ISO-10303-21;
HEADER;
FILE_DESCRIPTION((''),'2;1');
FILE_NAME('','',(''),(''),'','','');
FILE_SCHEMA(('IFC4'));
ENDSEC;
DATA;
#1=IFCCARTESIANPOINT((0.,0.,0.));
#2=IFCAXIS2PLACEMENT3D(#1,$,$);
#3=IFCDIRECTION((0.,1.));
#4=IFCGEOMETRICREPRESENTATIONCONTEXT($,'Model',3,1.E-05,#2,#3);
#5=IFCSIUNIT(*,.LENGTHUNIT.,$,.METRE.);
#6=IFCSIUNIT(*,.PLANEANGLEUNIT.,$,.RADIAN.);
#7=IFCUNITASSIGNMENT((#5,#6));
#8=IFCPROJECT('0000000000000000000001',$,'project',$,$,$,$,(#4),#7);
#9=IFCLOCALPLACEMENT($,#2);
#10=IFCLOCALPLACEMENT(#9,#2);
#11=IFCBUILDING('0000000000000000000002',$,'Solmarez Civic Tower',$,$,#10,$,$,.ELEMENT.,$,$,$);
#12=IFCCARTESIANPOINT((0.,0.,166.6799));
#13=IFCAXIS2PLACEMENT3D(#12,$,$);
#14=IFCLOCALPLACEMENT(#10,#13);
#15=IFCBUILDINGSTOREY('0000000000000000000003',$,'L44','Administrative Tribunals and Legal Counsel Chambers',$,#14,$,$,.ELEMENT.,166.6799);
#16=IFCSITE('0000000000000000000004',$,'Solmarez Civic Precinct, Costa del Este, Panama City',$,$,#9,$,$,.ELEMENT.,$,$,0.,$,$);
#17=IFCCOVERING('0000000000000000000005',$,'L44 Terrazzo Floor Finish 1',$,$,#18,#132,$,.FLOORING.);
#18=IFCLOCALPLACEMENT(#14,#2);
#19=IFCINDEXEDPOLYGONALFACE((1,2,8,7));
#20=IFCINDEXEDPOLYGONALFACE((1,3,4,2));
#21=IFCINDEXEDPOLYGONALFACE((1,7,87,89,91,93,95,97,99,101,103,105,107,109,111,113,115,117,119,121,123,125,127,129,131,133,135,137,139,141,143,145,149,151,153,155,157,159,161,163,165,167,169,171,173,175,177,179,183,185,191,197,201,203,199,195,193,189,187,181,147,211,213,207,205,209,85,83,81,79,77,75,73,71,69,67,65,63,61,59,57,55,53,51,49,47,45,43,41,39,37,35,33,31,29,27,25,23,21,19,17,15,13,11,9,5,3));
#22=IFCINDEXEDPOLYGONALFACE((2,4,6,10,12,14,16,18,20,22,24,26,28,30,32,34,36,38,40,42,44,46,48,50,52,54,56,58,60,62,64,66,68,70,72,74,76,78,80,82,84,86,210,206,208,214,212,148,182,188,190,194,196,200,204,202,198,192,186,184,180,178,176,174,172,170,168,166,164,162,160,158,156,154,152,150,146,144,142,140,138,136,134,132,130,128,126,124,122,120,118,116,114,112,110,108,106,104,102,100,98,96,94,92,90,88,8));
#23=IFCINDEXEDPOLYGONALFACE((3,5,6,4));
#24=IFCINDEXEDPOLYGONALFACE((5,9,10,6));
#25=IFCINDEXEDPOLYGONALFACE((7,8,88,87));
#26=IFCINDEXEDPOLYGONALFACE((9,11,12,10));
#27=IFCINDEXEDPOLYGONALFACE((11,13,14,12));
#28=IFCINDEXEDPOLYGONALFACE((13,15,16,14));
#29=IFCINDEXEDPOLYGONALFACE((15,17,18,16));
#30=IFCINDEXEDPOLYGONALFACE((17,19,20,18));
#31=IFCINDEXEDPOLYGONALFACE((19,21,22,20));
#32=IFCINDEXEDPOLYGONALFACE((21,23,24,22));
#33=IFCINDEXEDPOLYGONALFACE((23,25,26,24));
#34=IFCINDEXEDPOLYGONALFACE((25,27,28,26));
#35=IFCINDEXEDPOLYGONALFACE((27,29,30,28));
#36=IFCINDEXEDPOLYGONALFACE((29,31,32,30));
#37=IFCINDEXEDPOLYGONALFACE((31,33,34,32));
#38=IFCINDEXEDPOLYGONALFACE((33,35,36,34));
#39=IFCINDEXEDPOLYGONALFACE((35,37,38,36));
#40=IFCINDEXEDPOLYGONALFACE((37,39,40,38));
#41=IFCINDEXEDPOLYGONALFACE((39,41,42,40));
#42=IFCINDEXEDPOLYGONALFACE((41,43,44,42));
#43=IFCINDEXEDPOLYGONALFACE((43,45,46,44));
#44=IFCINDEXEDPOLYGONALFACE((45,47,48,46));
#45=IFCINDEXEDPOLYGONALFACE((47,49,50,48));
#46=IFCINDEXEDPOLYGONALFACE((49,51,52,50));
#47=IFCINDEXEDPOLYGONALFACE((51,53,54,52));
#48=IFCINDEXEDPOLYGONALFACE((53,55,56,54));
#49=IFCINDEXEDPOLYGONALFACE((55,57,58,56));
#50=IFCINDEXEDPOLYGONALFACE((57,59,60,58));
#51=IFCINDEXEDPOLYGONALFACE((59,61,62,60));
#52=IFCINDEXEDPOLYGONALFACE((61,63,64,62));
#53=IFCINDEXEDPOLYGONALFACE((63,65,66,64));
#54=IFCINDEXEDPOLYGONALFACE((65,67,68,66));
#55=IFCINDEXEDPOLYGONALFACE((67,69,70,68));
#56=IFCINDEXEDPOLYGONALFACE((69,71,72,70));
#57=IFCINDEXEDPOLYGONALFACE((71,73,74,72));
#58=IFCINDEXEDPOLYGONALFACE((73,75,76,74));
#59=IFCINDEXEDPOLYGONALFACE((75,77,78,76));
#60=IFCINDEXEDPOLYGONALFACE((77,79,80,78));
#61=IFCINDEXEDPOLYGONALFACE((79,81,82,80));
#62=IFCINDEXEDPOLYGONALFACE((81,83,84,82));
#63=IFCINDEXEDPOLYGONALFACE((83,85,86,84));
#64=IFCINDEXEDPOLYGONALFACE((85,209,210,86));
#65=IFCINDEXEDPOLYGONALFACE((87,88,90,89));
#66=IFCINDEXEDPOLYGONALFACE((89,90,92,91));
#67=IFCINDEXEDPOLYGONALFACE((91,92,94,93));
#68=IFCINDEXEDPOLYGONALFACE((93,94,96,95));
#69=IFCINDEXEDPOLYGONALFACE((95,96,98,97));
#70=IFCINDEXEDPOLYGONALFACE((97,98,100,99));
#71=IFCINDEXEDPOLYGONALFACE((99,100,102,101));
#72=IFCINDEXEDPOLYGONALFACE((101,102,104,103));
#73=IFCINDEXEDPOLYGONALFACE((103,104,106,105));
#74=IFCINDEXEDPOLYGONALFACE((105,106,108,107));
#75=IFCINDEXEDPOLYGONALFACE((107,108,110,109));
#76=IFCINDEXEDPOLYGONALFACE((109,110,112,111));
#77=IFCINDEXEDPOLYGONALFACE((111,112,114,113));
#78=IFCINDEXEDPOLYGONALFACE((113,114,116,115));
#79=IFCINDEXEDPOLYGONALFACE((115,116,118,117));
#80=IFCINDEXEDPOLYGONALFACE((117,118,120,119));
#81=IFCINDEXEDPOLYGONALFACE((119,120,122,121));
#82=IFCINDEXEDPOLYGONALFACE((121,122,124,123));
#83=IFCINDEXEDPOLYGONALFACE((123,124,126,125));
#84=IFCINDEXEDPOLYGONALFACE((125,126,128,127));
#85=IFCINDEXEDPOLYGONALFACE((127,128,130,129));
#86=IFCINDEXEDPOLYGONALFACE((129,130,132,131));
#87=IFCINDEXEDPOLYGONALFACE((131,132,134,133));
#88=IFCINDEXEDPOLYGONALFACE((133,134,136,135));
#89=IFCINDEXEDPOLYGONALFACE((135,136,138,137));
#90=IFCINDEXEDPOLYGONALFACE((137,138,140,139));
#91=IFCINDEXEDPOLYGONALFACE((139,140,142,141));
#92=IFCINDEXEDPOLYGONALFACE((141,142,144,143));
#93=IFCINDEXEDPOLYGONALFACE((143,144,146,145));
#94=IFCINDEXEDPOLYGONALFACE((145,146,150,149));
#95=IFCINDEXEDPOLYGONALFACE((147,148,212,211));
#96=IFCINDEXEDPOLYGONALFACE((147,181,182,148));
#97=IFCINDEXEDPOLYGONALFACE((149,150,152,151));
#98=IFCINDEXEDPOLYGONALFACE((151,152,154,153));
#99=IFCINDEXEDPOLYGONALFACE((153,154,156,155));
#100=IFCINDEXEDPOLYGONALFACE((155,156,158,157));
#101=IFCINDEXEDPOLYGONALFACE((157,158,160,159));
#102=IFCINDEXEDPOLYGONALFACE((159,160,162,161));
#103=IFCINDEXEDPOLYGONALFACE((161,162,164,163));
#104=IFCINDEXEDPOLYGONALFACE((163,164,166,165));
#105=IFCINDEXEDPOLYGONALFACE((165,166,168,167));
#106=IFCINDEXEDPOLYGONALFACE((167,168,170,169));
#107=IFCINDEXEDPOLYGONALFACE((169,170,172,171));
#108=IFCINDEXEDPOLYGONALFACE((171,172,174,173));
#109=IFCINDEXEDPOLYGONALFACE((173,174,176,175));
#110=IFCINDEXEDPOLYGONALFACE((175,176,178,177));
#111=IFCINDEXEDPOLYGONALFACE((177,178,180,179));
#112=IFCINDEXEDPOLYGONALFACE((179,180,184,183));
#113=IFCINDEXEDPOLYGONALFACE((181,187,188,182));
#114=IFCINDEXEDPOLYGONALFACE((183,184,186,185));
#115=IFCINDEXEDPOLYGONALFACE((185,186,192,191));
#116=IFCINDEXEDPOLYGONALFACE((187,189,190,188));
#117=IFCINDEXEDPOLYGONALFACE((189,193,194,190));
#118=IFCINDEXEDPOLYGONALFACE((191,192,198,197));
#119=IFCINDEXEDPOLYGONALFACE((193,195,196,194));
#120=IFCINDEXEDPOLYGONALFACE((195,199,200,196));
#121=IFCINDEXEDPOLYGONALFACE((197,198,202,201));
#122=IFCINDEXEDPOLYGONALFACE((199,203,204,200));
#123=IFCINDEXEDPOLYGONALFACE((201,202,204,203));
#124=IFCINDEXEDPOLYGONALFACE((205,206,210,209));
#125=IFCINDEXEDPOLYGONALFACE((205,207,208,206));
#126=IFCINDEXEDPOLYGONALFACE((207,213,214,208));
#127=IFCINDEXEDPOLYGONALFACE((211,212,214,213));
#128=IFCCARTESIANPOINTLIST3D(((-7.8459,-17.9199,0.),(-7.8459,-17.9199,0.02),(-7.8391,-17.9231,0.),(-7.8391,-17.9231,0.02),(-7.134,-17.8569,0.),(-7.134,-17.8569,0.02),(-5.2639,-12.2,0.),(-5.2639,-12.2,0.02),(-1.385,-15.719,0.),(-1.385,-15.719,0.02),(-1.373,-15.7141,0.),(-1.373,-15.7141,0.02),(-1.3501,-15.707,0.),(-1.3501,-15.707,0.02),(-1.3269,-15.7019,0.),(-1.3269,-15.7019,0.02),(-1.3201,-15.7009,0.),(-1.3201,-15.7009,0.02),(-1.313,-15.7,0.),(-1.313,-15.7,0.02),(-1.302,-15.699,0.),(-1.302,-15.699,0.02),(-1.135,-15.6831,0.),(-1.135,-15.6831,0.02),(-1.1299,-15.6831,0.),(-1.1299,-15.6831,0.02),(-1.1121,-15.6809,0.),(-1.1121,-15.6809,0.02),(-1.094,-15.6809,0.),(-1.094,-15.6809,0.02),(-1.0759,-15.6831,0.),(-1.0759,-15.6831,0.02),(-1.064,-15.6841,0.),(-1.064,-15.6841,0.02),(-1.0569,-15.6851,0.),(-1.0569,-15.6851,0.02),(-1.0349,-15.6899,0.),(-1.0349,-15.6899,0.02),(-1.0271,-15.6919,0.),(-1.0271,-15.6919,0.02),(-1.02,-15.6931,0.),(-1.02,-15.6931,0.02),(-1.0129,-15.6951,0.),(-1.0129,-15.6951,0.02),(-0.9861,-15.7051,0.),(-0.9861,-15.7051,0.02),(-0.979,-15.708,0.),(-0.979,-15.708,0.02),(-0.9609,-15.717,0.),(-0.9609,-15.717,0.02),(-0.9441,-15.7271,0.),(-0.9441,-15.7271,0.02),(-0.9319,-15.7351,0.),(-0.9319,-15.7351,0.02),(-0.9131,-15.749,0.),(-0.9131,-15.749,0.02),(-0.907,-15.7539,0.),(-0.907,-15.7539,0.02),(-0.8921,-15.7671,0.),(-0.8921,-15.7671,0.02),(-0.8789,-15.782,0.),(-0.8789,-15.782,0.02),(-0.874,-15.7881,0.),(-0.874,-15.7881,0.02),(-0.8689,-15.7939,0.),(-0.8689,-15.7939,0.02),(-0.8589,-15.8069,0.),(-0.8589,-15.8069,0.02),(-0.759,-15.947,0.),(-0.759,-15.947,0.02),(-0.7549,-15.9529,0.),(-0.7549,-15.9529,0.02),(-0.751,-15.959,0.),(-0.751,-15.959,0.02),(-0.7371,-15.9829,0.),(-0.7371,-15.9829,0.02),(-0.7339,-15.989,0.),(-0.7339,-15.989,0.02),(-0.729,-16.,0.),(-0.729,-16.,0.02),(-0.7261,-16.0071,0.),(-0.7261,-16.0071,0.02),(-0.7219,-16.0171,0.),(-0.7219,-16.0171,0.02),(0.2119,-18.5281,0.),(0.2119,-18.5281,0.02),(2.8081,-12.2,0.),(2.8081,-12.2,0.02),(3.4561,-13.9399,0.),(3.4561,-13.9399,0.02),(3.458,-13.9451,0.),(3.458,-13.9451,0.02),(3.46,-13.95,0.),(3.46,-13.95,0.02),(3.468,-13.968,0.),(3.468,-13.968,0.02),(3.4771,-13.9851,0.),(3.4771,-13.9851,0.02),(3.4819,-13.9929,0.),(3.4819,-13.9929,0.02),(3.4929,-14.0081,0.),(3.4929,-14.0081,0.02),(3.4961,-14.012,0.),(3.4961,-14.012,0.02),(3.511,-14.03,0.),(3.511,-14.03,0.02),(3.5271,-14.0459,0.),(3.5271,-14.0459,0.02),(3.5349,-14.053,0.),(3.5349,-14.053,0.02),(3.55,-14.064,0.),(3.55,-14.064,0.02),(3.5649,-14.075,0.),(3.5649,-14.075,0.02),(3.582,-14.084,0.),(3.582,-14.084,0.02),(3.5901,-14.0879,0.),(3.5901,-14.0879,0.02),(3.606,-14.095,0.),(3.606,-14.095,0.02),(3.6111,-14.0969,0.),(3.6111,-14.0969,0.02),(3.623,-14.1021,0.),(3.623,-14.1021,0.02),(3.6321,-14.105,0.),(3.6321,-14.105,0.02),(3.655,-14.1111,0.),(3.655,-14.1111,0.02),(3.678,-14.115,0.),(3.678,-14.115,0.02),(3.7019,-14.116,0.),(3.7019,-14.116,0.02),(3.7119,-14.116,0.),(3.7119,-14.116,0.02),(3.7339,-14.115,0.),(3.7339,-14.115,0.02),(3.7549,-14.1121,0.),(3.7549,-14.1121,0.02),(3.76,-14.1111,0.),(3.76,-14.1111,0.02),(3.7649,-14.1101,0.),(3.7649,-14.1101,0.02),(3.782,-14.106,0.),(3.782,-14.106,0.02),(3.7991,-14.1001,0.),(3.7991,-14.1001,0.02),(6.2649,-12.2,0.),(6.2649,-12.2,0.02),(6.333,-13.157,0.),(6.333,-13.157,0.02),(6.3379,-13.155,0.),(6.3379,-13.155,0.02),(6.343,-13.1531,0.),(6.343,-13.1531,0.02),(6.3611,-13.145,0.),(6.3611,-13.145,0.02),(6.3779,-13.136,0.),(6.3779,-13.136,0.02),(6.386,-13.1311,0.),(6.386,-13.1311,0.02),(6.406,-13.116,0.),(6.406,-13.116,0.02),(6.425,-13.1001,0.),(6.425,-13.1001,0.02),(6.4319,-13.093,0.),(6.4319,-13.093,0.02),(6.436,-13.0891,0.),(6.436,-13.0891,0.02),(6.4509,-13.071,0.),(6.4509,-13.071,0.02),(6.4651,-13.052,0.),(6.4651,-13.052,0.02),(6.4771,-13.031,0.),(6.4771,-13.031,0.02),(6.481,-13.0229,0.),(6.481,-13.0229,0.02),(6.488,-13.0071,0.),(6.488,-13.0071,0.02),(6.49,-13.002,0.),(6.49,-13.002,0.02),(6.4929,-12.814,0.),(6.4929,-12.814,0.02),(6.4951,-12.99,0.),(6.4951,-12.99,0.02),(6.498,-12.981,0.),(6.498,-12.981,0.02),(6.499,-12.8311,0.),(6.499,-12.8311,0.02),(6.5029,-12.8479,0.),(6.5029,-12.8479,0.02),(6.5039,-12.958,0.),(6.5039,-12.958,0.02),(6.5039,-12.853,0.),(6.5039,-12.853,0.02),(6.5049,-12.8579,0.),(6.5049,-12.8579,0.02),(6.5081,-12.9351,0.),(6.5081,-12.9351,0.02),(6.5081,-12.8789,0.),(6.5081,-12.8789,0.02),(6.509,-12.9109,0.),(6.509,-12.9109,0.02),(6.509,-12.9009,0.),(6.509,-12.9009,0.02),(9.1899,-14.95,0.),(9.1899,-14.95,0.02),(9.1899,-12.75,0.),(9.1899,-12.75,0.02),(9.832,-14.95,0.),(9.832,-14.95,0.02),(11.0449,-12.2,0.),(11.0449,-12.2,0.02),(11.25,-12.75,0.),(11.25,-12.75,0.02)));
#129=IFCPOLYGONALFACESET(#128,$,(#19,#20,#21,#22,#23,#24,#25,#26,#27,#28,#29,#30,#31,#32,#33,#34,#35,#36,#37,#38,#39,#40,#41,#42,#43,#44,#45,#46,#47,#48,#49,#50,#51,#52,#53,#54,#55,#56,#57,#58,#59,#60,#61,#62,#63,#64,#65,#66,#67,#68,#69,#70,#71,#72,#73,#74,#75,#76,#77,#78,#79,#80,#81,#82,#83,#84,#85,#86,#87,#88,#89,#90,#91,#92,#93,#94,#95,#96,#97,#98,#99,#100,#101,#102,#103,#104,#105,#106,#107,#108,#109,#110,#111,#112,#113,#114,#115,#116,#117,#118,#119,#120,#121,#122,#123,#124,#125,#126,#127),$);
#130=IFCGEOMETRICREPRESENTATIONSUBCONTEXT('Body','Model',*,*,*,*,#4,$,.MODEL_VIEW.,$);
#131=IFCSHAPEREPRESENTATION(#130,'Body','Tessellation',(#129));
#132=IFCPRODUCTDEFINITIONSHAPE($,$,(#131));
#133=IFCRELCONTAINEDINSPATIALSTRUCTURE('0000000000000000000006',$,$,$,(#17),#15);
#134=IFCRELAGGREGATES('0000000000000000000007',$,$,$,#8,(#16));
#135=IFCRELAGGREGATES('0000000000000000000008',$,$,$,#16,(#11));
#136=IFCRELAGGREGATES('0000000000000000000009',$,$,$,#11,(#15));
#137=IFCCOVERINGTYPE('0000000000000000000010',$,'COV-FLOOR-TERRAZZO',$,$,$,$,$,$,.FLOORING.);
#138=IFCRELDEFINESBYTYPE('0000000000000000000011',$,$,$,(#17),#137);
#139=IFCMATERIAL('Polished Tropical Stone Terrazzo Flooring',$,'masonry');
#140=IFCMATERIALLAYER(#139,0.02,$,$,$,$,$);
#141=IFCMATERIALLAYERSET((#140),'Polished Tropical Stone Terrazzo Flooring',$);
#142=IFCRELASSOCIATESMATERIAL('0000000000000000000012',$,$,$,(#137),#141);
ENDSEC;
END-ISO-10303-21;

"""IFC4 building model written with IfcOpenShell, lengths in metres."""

from ifc_helpers import new_model, si_unit, direction, frame, origin, place, context, subcontext, project, spatial, polyline, outline, extrude, material, layer, layer_set, type_object, element, save


model = new_model("IFC4")

# Units and contexts
model_context = context("Model", 3, precision=1e-05, world=origin(), true_north=direction((0.0, 1.0)))
body_context = subcontext(model_context, "Body", "Model", "MODEL_VIEW")
ifc_project = project(units=[si_unit("LENGTHUNIT", "METRE"), si_unit("PLANEANGLEUNIT", "RADIAN")], contexts=[model_context])

# Site, building, storey
site_placement = place(None, origin())
site = spatial("IfcSite", under=ifc_project, at=site_placement, Name="Solmarez Civic Precinct, Costa del Este, Panama City", CompositionType="ELEMENT", RefElevation=0.0)
building_placement = place(site_placement, origin())
building = spatial("IfcBuilding", under=site, at=building_placement, Name="Solmarez Civic Tower", CompositionType="ELEMENT")
storey_placement = place(building_placement, frame((0.0, 0.0, 166.6799)))
storey = spatial("IfcBuildingStorey", under=building, at=storey_placement, Name="L44", Description="Administrative Tribunals and Legal Counsel Chambers", CompositionType="ELEMENT", Elevation=166.6799)

# Covering
ifc_material_1 = material(Name="Polished Tropical Stone Terrazzo Flooring", Category="masonry")
ifc_layer_1 = layer(ifc_material_1, 0.02)
ifc_layer_set_1 = layer_set([ifc_layer_1], Name="Polished Tropical Stone Terrazzo Flooring")
covering_type_1 = type_object("IfcCoveringType", Name="COV-FLOOR-TERRAZZO", PredefinedType="FLOORING", material=ifc_layer_set_1)
covering_1_placement = place(storey_placement, origin())
element("IfcCovering", 1, at=covering_1_placement, inside=storey, type_object=covering_type_1, Name="L44 Terrazzo Floor Finish 1", PredefinedType="FLOORING", context=body_context, shape_type="SweptSolid", body=[
    extrude(outline(polyline([(-1.385, -15.719), (-1.373, -15.7141), (-1.3501, -15.707), (-1.3269, -15.7019), (-1.3201, -15.7009), (-1.313, -15.7), (-1.302, -15.699), (-1.135, -15.6831), (-1.1299, -15.6831), (-1.1121, -15.6809), (-1.094, -15.6809), (-1.0759, -15.6831), (-1.064, -15.6841), (-1.0569, -15.6851), (-1.0349, -15.6899), (-1.0271, -15.6919), (-1.02, -15.6931), (-1.0129, -15.6951), (-0.9861, -15.7051), (-0.979, -15.708), (-0.9609, -15.717), (-0.9441, -15.7271), (-0.9319, -15.7351), (-0.9131, -15.749), (-0.907, -15.7539), (-0.8921, -15.7671), (-0.8789, -15.782), (-0.874, -15.7881), (-0.8689, -15.7939), (-0.8589, -15.8069), (-0.759, -15.947), (-0.7549, -15.9529), (-0.751, -15.959), (-0.7371, -15.9829), (-0.7339, -15.989), (-0.729, -16.0), (-0.7261, -16.0071), (-0.7219, -16.0171), (0.2119, -18.5281), (9.832, -14.95), (9.1899, -14.95), (9.1899, -12.75), (11.25, -12.75), (11.0449, -12.2), (6.2649, -12.2), (6.4929, -12.814), (6.499, -12.8311), (6.5029, -12.8479), (6.5039, -12.853), (6.5049, -12.8579), (6.5081, -12.8789), (6.509, -12.9009), (6.509, -12.9109), (6.5081, -12.9351), (6.5039, -12.958), (6.498, -12.981), (6.4951, -12.99), (6.49, -13.002), (6.488, -13.0071), (6.481, -13.0229), (6.4771, -13.031), (6.4651, -13.052), (6.4509, -13.071), (6.436, -13.0891), (6.4319, -13.093), (6.425, -13.1001), (6.406, -13.116), (6.386, -13.1311), (6.3779, -13.136), (6.3611, -13.145), (6.343, -13.1531), (6.3379, -13.155), (6.333, -13.157), (3.7991, -14.1001), (3.782, -14.106), (3.7649, -14.1101), (3.76, -14.1111), (3.7549, -14.1121), (3.7339, -14.115), (3.7119, -14.116), (3.7019, -14.116), (3.678, -14.115), (3.655, -14.1111), (3.6321, -14.105), (3.623, -14.1021), (3.6111, -14.0969), (3.606, -14.095), (3.5901, -14.0879), (3.582, -14.084), (3.5649, -14.075), (3.55, -14.064), (3.5349, -14.053), (3.5271, -14.0459), (3.511, -14.03), (3.4961, -14.012), (3.4929, -14.0081), (3.4819, -13.9929), (3.4771, -13.9851), (3.468, -13.968), (3.46, -13.95), (3.458, -13.9451), (3.4561, -13.9399), (2.8081, -12.2), (-5.2639, -12.2), (-7.8459, -17.9199), (-7.8391, -17.9231), (-7.134, -17.8569), (-1.385, -15.719)])), origin(), (0.0, 0.0, 1.0), 0.02),
])

save(model, "model.ifc")
